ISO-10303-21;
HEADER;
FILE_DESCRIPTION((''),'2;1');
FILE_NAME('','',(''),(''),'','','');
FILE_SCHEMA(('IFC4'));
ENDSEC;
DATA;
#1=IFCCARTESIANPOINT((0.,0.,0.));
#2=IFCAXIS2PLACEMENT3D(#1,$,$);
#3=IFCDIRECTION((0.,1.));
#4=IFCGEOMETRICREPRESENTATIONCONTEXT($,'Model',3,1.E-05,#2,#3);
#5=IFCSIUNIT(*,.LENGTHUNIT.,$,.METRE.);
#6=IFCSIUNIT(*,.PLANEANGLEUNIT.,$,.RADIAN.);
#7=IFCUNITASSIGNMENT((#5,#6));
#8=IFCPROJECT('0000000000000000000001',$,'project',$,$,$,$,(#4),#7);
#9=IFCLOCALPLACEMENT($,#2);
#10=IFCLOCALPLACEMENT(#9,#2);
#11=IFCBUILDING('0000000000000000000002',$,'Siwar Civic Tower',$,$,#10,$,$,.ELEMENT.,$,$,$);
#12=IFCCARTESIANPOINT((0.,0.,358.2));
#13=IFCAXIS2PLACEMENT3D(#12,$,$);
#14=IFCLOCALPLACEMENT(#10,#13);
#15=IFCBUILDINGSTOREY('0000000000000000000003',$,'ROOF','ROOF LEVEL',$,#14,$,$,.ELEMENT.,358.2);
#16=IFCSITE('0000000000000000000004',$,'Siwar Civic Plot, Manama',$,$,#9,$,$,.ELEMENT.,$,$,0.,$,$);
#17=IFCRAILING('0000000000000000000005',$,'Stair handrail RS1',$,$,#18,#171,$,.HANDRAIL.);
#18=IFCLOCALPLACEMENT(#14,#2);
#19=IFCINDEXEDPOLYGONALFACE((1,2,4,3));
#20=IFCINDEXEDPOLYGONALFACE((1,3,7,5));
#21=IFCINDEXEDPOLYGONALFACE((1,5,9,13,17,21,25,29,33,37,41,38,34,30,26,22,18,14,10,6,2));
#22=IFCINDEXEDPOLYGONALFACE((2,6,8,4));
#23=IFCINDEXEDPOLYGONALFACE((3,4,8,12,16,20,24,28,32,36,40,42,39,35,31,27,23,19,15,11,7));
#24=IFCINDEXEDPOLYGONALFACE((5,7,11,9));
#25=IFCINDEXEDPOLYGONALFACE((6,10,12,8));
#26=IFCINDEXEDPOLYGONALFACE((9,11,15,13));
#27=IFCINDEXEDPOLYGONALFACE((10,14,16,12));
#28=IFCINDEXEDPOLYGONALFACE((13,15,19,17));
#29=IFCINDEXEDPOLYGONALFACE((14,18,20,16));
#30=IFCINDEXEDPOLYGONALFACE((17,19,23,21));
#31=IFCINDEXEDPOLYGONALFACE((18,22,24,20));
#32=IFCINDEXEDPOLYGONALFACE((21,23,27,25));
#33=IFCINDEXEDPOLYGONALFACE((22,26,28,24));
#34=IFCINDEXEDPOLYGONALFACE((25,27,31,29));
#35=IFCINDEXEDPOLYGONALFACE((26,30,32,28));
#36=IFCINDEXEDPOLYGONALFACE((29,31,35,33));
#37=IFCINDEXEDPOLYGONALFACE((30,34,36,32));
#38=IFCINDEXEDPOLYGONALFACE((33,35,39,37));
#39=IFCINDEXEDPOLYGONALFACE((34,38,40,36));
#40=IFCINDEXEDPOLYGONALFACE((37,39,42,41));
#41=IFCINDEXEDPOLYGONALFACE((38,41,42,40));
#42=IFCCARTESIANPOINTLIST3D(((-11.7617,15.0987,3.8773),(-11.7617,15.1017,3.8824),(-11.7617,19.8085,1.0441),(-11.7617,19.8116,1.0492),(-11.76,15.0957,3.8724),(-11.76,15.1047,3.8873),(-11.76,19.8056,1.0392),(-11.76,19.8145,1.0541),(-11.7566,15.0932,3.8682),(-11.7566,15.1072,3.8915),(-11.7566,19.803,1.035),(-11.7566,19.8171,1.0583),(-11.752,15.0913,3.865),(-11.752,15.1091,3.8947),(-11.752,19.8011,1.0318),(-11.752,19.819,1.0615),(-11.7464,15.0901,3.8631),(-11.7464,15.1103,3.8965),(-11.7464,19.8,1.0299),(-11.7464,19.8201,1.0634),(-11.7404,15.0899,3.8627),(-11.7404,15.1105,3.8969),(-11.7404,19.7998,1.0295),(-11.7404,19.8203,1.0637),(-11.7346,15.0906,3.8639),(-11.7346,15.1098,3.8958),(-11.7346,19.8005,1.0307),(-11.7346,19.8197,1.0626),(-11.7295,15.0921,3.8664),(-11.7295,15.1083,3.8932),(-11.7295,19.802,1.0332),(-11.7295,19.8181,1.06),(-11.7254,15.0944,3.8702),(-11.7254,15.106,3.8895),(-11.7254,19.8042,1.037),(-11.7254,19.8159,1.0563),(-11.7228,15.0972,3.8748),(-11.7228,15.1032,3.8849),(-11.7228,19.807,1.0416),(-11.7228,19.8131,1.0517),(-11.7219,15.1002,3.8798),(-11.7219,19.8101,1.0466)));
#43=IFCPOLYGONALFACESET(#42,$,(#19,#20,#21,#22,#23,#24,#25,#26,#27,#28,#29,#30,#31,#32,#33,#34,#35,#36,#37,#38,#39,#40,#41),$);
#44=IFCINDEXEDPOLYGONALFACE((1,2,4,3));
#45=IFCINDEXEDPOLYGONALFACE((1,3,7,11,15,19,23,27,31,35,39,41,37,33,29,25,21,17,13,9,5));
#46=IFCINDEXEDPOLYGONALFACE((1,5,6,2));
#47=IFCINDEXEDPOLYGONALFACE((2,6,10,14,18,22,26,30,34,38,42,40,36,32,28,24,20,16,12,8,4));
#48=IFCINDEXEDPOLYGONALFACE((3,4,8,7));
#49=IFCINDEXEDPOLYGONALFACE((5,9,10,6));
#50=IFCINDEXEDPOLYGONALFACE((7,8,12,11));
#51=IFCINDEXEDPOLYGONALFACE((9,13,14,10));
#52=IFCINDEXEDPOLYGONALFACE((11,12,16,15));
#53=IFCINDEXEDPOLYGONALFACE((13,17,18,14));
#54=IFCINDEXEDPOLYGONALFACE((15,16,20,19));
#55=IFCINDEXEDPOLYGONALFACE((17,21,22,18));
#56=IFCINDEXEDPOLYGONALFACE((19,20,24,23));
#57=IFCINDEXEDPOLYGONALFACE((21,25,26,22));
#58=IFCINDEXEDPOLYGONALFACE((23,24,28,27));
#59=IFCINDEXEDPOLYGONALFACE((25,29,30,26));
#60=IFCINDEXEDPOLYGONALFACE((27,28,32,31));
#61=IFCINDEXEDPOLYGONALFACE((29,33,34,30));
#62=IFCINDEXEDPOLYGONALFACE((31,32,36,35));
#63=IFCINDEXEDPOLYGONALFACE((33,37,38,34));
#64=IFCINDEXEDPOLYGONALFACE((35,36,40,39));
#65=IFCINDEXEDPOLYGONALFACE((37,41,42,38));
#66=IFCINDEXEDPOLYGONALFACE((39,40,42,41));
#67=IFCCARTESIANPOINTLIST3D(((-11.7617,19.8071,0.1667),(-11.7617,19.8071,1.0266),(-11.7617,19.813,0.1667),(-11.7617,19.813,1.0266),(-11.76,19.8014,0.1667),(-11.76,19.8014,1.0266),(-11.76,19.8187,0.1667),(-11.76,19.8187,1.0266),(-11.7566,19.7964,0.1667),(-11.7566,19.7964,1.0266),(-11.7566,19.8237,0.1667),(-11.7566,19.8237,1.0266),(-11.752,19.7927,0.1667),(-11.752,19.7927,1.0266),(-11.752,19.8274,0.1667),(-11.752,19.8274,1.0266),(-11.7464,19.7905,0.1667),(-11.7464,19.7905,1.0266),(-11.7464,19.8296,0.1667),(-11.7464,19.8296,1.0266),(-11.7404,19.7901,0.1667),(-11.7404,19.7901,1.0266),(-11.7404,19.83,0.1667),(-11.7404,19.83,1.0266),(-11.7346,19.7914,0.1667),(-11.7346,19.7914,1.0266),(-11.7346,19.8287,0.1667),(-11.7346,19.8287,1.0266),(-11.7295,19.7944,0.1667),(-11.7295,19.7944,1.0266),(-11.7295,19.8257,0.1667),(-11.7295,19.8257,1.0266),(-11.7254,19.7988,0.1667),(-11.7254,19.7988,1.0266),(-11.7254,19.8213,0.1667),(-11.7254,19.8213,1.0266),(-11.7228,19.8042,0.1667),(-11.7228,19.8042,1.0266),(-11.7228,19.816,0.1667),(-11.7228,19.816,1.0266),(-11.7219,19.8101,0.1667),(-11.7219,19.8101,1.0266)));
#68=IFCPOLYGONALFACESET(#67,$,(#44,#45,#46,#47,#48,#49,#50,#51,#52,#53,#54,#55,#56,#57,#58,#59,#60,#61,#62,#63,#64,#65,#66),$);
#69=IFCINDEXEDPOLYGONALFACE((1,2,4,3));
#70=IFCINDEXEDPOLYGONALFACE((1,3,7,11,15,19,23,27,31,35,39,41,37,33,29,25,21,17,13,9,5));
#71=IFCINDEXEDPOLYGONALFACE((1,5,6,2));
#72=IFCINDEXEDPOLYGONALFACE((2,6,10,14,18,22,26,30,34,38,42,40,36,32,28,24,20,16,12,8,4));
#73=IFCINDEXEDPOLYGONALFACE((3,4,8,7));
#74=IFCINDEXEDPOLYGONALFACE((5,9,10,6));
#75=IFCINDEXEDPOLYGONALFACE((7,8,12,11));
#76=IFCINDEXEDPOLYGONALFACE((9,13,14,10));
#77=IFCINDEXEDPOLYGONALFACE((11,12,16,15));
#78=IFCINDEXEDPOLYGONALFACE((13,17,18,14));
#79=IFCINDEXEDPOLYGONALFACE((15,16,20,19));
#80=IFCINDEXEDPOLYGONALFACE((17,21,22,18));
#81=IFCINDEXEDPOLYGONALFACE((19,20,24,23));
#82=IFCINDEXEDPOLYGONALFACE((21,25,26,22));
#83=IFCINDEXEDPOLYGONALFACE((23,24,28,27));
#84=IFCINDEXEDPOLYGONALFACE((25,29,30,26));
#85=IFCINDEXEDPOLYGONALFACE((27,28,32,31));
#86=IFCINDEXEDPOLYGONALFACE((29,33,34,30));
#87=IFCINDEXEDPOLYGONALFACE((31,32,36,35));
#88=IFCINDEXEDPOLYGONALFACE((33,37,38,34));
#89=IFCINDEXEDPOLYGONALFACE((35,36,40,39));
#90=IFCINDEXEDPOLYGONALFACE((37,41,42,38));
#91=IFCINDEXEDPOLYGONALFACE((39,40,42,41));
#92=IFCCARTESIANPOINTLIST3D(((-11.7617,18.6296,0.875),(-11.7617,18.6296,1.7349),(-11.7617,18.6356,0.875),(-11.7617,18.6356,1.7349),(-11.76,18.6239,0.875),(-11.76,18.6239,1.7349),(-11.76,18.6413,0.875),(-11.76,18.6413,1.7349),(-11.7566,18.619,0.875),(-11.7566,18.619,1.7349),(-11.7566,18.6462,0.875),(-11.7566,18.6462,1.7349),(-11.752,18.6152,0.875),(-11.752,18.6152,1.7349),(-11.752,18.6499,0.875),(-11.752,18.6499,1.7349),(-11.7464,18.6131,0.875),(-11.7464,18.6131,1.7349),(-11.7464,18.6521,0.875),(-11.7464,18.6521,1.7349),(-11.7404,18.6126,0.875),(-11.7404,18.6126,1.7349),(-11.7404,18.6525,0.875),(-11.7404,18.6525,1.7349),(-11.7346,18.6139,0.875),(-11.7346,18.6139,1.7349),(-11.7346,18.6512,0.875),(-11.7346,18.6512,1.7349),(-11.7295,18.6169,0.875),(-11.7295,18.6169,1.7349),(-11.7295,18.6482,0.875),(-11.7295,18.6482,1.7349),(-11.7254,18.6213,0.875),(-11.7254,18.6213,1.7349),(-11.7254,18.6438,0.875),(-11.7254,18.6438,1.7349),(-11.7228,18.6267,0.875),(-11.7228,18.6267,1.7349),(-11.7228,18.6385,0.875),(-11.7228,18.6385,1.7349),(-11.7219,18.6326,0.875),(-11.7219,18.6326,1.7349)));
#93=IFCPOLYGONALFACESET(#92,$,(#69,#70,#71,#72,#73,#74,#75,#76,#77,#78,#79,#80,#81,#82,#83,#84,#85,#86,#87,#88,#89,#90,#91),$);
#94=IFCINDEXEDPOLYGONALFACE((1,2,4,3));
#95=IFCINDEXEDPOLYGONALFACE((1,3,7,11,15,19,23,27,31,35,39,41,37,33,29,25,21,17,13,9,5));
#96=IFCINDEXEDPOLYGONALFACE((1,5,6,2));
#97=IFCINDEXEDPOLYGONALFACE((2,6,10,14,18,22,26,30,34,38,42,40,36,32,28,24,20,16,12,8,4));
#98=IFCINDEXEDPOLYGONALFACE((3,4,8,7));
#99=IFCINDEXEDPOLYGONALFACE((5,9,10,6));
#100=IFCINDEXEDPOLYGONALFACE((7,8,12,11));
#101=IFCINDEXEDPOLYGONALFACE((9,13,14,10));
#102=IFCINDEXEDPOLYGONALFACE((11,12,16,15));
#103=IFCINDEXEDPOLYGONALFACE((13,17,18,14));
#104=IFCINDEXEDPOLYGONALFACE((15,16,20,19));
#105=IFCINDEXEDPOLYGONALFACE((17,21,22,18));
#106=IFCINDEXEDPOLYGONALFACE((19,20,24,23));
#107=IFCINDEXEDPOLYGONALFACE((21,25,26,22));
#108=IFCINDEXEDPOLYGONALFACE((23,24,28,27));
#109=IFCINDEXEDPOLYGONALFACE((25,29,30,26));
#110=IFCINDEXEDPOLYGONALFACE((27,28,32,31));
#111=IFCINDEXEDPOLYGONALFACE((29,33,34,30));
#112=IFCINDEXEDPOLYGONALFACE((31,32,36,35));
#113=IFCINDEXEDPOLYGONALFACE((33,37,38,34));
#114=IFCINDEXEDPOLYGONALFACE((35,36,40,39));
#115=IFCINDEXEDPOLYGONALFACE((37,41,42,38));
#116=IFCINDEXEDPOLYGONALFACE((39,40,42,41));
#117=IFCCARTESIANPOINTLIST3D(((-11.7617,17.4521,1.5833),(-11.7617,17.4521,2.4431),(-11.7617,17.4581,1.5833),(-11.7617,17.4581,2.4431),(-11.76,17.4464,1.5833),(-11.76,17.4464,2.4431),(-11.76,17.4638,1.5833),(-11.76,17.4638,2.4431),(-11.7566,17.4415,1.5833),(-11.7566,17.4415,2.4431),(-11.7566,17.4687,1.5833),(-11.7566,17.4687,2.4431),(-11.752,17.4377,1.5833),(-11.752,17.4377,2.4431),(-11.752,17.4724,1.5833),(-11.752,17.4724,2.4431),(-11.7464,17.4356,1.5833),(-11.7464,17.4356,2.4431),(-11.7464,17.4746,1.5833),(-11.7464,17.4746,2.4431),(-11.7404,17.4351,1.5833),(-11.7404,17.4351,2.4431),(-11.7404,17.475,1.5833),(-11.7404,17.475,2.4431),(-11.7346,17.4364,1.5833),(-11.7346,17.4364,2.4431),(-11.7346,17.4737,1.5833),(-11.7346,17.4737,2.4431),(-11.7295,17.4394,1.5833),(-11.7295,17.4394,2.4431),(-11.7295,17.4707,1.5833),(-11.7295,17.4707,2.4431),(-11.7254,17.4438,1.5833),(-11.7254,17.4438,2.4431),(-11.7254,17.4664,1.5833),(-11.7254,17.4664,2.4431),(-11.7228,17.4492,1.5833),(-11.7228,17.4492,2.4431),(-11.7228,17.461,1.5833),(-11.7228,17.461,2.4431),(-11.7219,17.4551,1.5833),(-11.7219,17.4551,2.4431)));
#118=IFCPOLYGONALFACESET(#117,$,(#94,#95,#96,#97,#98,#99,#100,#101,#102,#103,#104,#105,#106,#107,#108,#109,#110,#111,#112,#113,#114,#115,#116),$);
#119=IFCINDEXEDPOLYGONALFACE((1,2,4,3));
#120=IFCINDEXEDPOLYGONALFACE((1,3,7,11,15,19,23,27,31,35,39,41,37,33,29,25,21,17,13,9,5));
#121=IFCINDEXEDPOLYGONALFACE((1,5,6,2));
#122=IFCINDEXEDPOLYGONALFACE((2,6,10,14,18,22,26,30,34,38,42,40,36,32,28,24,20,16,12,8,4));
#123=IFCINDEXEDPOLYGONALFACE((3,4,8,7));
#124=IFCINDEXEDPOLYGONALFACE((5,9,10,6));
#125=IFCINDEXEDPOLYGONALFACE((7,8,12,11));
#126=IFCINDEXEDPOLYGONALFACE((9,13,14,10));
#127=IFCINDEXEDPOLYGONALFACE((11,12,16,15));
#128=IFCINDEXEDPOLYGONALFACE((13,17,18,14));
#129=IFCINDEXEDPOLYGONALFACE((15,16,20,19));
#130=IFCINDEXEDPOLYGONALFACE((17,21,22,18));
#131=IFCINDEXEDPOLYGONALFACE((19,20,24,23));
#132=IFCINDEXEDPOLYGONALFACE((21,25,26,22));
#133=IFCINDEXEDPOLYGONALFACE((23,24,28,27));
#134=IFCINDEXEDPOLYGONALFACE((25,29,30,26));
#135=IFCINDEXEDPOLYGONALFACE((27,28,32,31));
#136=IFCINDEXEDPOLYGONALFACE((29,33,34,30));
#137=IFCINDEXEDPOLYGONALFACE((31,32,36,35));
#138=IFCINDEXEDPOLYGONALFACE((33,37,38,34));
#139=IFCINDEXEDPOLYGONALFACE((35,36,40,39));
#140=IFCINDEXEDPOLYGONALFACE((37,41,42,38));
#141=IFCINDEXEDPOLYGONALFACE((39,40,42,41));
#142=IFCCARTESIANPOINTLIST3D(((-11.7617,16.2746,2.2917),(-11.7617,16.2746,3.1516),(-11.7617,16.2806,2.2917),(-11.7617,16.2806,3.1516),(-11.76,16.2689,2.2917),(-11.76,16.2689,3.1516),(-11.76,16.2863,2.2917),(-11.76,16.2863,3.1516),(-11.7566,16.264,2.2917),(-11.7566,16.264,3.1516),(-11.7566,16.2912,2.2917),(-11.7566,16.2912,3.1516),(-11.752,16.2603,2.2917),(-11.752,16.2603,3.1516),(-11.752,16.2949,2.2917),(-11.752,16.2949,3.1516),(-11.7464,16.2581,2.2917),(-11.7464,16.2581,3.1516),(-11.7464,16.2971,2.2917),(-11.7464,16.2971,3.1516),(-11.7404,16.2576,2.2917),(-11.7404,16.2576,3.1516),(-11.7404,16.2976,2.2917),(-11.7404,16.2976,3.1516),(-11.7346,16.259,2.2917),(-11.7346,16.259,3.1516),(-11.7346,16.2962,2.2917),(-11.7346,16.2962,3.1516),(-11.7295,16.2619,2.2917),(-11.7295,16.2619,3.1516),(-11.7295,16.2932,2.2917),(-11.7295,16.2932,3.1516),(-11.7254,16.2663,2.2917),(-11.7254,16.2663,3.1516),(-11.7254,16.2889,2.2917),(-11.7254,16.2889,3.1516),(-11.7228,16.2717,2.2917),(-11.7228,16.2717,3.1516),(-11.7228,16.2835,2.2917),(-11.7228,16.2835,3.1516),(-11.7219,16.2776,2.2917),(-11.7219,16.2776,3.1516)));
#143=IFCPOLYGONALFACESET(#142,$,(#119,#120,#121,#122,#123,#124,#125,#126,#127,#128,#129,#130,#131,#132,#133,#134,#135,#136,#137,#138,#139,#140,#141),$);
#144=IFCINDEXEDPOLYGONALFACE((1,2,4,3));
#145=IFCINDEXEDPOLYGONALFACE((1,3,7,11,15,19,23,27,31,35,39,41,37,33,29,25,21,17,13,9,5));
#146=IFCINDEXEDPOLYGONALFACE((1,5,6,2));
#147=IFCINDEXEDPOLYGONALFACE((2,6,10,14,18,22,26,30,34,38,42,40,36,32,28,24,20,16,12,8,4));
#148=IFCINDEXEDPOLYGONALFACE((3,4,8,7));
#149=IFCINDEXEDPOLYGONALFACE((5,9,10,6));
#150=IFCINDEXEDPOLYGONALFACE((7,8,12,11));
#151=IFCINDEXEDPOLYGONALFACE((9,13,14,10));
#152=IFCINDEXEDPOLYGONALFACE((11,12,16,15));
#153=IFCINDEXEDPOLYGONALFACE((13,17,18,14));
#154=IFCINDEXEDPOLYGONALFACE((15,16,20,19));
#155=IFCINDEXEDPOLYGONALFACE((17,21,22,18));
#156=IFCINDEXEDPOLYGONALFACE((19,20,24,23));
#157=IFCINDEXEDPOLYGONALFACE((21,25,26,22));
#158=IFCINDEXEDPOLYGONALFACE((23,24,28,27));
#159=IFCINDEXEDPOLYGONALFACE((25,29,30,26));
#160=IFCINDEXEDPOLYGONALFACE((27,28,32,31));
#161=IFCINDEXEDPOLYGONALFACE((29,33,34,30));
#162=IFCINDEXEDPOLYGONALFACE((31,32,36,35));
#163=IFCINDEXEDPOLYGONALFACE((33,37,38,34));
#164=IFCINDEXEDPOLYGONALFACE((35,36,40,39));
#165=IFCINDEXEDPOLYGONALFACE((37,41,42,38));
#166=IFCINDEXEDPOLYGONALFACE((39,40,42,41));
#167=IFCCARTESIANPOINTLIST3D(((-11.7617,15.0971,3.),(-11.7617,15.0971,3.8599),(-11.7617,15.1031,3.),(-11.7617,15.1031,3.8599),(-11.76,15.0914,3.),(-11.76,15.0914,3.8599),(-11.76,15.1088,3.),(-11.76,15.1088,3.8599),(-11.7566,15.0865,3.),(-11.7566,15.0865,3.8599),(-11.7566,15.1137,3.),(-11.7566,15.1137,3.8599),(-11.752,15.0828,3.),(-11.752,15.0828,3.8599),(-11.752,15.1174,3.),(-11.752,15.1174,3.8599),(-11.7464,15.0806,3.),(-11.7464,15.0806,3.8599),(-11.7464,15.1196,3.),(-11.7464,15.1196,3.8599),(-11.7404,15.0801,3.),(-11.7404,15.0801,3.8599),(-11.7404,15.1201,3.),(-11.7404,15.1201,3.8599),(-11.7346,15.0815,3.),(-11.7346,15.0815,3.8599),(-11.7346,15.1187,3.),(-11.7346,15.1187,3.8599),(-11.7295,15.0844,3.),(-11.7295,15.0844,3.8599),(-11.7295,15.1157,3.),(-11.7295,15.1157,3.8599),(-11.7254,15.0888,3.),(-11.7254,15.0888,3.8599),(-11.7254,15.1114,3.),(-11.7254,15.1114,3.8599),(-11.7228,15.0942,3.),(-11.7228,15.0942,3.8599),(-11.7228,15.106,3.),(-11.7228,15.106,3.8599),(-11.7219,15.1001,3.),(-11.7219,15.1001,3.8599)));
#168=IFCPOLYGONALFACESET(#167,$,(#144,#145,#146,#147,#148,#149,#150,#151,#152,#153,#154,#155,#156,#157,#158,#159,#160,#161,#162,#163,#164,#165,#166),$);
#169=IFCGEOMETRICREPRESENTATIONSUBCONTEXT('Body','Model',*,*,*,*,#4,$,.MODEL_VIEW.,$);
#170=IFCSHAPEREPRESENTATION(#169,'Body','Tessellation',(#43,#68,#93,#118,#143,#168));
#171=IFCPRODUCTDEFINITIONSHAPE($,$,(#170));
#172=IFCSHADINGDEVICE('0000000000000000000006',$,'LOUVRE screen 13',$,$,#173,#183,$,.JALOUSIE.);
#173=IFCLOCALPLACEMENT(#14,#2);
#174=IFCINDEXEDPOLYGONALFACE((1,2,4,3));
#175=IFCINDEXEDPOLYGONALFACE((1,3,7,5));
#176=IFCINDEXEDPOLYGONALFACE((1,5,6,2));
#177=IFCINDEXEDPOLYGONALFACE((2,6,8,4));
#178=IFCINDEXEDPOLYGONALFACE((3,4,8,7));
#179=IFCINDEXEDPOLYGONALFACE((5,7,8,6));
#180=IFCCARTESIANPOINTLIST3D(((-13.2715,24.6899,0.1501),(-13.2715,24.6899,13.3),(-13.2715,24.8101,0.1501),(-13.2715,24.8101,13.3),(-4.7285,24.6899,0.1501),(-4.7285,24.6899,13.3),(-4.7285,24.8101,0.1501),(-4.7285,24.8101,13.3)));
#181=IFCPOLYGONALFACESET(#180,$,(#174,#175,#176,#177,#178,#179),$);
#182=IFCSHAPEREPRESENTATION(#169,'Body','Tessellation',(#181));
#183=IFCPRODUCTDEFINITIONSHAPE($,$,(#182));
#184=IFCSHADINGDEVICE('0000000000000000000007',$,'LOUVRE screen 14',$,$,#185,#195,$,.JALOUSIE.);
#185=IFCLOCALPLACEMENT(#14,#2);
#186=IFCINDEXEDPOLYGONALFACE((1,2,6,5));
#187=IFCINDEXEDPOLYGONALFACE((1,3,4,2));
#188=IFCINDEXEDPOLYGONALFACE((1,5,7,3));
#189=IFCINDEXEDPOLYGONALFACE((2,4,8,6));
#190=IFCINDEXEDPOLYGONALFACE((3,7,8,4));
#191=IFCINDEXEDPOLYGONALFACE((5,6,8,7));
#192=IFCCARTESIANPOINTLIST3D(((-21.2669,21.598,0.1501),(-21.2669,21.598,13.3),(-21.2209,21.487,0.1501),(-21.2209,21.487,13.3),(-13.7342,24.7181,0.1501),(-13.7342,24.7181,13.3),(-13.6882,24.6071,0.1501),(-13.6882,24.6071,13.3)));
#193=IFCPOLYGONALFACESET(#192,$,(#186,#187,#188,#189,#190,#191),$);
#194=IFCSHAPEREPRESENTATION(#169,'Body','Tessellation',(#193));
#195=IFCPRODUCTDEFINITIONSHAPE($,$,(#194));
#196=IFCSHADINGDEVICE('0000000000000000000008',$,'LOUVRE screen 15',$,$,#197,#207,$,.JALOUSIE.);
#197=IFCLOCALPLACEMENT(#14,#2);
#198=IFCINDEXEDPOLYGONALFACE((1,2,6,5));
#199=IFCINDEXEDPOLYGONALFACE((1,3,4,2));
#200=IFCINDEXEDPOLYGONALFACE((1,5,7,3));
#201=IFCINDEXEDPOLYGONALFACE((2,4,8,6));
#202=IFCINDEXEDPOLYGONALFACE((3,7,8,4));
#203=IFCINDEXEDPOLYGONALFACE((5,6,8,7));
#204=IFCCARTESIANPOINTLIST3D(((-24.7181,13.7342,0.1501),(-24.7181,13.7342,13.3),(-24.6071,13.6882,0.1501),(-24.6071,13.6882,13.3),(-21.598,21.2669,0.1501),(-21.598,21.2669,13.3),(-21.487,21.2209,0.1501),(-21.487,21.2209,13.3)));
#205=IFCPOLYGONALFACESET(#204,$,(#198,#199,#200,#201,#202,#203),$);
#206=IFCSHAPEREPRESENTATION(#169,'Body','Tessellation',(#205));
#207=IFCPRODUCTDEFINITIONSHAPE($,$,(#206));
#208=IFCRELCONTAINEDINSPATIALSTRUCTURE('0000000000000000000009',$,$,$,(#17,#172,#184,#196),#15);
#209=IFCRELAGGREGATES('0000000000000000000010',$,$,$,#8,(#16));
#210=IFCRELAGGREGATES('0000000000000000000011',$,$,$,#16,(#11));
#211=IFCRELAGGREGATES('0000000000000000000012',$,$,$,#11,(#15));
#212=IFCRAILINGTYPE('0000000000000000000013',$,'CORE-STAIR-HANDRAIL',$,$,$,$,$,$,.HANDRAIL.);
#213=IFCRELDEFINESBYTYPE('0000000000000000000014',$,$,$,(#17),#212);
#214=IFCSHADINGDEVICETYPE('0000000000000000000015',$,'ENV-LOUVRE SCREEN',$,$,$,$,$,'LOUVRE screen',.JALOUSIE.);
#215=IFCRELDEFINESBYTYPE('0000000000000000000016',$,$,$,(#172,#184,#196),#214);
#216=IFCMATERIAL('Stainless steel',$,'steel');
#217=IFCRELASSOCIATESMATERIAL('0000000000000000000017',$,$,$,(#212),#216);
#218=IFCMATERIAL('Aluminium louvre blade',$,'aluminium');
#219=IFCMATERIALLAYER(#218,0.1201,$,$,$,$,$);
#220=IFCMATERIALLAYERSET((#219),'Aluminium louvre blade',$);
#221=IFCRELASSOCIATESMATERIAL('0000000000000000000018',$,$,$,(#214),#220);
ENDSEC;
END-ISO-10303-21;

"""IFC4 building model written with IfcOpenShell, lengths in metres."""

from ifc_helpers import new_model, si_unit, direction, frame, origin, origin_2d, place, context, subcontext, project, spatial, rectangle, circle, extrude, material, layer, layer_set, type_object, element, save


model = new_model("IFC4")

# Units and contexts
model_context = context("Model", 3, precision=1e-05, world=origin(), true_north=direction((0.0, 1.0)))
body_context = subcontext(model_context, "Body", "Model", "MODEL_VIEW")
ifc_project = project(units=[si_unit("LENGTHUNIT", "METRE"), si_unit("PLANEANGLEUNIT", "RADIAN")], contexts=[model_context])

# Site, building, storey
site_placement = place(None, origin())
site = spatial("IfcSite", under=ifc_project, at=site_placement, Name="Siwar Civic Plot, Manama", CompositionType="ELEMENT", RefElevation=0.0)
building_placement = place(site_placement, origin())
building = spatial("IfcBuilding", under=site, at=building_placement, Name="Siwar Civic Tower", CompositionType="ELEMENT")
storey_placement = place(building_placement, frame((0.0, 0.0, 358.2)))
storey = spatial("IfcBuildingStorey", under=building, at=storey_placement, Name="ROOF", Description="ROOF LEVEL", CompositionType="ELEMENT", Elevation=358.2)

# Railing
ifc_material_1 = material(Name="Stainless steel", Category="steel")
railing_type_1 = type_object("IfcRailingType", Name="CORE-STAIR-HANDRAIL", PredefinedType="HANDRAIL", material=ifc_material_1)
for number, where, name in (
    (1, (-11.7419, 19.8101, 0.1667), "Stair handrail RS1"),
):
    element("IfcRailing", number, at=place(storey_placement, frame(where)), inside=storey, type_object=railing_type_1, Name=name, PredefinedType="HANDRAIL", context=body_context, shape_type="SweptSolid", body=[
        extrude(circle(Radius=0.02, at=origin_2d()), frame((0.0, 0.0, 0.8799), z_axis=(0.0, -0.856908, 0.515469), x_axis=(1.0, 0.0, 0.0)), (0.0, 0.0, 1.0), 5.4963),
        extrude(circle(Radius=0.02, at=origin_2d()), origin(), (0.0, 0.0, 1.0), 0.8599),
        extrude(circle(Radius=0.02, at=origin_2d()), frame((0.0, -1.1775, 0.7083)), (0.0, 0.0, 1.0), 0.8599),
        extrude(circle(Radius=0.02, at=origin_2d()), frame((0.0, -2.355, 1.4165)), (0.0, 0.0, 1.0), 0.8599),
        extrude(circle(Radius=0.02, at=origin_2d()), frame((0.0, -3.5325, 2.125)), (0.0, 0.0, 1.0), 0.8599),
        extrude(circle(Radius=0.02, at=origin_2d()), frame((0.0, -4.71, 2.8333)), (0.0, 0.0, 1.0), 0.8599),
    ])

# Shading devices
ifc_material_2 = material(Name="Aluminium louvre blade", Category="aluminium")
ifc_layer_1 = layer(ifc_material_2, 0.1201)
ifc_layer_set_1 = layer_set([ifc_layer_1], Name="Aluminium louvre blade")
shading_device_type = type_object("IfcShadingDeviceType", Name="ENV-LOUVRE SCREEN", ElementType="LOUVRE screen", PredefinedType="JALOUSIE", material=ifc_layer_set_1)
shading_device_placement = place(storey_placement, frame((-9.0, 24.75, 0.1501), z_axis=(0.0, 0.0, 1.0), x_axis=(-1.0, 0.0, 0.0)))
element("IfcShadingDevice", 2, at=shading_device_placement, inside=storey, type_object=shading_device_type, Name="LOUVRE screen 13", PredefinedType="JALOUSIE", context=body_context, shape_type="SweptSolid", body=[
    extrude(rectangle(XDim=8.543, YDim=0.1201, at=origin_2d()), origin(), (0.0, 0.0, 1.0), 13.1499),
])
for number, where, z_axis, x_axis, name in (
    (3, (-17.4775, 23.1025, 0.1501), (0.0, 0.0, 1.0), (-0.92388, -0.382683, 0.0), "LOUVRE screen 14"),
    (4, (-23.1025, 17.4775, 0.1501), (0.0, 0.0, 1.0), (-0.382683, -0.92388, 0.0), "LOUVRE screen 15"),
):
    element("IfcShadingDevice", number, at=place(storey_placement, frame(where, z_axis=z_axis, x_axis=x_axis)), inside=storey, type_object=shading_device_type, Name=name, PredefinedType="JALOUSIE", context=body_context, shape_type="SweptSolid", body=[
        extrude(rectangle(XDim=8.1533, YDim=0.1201, at=origin_2d()), origin(), (0.0, 0.0, 1.0), 13.1499),
    ])

save(model, "model.ifc")
